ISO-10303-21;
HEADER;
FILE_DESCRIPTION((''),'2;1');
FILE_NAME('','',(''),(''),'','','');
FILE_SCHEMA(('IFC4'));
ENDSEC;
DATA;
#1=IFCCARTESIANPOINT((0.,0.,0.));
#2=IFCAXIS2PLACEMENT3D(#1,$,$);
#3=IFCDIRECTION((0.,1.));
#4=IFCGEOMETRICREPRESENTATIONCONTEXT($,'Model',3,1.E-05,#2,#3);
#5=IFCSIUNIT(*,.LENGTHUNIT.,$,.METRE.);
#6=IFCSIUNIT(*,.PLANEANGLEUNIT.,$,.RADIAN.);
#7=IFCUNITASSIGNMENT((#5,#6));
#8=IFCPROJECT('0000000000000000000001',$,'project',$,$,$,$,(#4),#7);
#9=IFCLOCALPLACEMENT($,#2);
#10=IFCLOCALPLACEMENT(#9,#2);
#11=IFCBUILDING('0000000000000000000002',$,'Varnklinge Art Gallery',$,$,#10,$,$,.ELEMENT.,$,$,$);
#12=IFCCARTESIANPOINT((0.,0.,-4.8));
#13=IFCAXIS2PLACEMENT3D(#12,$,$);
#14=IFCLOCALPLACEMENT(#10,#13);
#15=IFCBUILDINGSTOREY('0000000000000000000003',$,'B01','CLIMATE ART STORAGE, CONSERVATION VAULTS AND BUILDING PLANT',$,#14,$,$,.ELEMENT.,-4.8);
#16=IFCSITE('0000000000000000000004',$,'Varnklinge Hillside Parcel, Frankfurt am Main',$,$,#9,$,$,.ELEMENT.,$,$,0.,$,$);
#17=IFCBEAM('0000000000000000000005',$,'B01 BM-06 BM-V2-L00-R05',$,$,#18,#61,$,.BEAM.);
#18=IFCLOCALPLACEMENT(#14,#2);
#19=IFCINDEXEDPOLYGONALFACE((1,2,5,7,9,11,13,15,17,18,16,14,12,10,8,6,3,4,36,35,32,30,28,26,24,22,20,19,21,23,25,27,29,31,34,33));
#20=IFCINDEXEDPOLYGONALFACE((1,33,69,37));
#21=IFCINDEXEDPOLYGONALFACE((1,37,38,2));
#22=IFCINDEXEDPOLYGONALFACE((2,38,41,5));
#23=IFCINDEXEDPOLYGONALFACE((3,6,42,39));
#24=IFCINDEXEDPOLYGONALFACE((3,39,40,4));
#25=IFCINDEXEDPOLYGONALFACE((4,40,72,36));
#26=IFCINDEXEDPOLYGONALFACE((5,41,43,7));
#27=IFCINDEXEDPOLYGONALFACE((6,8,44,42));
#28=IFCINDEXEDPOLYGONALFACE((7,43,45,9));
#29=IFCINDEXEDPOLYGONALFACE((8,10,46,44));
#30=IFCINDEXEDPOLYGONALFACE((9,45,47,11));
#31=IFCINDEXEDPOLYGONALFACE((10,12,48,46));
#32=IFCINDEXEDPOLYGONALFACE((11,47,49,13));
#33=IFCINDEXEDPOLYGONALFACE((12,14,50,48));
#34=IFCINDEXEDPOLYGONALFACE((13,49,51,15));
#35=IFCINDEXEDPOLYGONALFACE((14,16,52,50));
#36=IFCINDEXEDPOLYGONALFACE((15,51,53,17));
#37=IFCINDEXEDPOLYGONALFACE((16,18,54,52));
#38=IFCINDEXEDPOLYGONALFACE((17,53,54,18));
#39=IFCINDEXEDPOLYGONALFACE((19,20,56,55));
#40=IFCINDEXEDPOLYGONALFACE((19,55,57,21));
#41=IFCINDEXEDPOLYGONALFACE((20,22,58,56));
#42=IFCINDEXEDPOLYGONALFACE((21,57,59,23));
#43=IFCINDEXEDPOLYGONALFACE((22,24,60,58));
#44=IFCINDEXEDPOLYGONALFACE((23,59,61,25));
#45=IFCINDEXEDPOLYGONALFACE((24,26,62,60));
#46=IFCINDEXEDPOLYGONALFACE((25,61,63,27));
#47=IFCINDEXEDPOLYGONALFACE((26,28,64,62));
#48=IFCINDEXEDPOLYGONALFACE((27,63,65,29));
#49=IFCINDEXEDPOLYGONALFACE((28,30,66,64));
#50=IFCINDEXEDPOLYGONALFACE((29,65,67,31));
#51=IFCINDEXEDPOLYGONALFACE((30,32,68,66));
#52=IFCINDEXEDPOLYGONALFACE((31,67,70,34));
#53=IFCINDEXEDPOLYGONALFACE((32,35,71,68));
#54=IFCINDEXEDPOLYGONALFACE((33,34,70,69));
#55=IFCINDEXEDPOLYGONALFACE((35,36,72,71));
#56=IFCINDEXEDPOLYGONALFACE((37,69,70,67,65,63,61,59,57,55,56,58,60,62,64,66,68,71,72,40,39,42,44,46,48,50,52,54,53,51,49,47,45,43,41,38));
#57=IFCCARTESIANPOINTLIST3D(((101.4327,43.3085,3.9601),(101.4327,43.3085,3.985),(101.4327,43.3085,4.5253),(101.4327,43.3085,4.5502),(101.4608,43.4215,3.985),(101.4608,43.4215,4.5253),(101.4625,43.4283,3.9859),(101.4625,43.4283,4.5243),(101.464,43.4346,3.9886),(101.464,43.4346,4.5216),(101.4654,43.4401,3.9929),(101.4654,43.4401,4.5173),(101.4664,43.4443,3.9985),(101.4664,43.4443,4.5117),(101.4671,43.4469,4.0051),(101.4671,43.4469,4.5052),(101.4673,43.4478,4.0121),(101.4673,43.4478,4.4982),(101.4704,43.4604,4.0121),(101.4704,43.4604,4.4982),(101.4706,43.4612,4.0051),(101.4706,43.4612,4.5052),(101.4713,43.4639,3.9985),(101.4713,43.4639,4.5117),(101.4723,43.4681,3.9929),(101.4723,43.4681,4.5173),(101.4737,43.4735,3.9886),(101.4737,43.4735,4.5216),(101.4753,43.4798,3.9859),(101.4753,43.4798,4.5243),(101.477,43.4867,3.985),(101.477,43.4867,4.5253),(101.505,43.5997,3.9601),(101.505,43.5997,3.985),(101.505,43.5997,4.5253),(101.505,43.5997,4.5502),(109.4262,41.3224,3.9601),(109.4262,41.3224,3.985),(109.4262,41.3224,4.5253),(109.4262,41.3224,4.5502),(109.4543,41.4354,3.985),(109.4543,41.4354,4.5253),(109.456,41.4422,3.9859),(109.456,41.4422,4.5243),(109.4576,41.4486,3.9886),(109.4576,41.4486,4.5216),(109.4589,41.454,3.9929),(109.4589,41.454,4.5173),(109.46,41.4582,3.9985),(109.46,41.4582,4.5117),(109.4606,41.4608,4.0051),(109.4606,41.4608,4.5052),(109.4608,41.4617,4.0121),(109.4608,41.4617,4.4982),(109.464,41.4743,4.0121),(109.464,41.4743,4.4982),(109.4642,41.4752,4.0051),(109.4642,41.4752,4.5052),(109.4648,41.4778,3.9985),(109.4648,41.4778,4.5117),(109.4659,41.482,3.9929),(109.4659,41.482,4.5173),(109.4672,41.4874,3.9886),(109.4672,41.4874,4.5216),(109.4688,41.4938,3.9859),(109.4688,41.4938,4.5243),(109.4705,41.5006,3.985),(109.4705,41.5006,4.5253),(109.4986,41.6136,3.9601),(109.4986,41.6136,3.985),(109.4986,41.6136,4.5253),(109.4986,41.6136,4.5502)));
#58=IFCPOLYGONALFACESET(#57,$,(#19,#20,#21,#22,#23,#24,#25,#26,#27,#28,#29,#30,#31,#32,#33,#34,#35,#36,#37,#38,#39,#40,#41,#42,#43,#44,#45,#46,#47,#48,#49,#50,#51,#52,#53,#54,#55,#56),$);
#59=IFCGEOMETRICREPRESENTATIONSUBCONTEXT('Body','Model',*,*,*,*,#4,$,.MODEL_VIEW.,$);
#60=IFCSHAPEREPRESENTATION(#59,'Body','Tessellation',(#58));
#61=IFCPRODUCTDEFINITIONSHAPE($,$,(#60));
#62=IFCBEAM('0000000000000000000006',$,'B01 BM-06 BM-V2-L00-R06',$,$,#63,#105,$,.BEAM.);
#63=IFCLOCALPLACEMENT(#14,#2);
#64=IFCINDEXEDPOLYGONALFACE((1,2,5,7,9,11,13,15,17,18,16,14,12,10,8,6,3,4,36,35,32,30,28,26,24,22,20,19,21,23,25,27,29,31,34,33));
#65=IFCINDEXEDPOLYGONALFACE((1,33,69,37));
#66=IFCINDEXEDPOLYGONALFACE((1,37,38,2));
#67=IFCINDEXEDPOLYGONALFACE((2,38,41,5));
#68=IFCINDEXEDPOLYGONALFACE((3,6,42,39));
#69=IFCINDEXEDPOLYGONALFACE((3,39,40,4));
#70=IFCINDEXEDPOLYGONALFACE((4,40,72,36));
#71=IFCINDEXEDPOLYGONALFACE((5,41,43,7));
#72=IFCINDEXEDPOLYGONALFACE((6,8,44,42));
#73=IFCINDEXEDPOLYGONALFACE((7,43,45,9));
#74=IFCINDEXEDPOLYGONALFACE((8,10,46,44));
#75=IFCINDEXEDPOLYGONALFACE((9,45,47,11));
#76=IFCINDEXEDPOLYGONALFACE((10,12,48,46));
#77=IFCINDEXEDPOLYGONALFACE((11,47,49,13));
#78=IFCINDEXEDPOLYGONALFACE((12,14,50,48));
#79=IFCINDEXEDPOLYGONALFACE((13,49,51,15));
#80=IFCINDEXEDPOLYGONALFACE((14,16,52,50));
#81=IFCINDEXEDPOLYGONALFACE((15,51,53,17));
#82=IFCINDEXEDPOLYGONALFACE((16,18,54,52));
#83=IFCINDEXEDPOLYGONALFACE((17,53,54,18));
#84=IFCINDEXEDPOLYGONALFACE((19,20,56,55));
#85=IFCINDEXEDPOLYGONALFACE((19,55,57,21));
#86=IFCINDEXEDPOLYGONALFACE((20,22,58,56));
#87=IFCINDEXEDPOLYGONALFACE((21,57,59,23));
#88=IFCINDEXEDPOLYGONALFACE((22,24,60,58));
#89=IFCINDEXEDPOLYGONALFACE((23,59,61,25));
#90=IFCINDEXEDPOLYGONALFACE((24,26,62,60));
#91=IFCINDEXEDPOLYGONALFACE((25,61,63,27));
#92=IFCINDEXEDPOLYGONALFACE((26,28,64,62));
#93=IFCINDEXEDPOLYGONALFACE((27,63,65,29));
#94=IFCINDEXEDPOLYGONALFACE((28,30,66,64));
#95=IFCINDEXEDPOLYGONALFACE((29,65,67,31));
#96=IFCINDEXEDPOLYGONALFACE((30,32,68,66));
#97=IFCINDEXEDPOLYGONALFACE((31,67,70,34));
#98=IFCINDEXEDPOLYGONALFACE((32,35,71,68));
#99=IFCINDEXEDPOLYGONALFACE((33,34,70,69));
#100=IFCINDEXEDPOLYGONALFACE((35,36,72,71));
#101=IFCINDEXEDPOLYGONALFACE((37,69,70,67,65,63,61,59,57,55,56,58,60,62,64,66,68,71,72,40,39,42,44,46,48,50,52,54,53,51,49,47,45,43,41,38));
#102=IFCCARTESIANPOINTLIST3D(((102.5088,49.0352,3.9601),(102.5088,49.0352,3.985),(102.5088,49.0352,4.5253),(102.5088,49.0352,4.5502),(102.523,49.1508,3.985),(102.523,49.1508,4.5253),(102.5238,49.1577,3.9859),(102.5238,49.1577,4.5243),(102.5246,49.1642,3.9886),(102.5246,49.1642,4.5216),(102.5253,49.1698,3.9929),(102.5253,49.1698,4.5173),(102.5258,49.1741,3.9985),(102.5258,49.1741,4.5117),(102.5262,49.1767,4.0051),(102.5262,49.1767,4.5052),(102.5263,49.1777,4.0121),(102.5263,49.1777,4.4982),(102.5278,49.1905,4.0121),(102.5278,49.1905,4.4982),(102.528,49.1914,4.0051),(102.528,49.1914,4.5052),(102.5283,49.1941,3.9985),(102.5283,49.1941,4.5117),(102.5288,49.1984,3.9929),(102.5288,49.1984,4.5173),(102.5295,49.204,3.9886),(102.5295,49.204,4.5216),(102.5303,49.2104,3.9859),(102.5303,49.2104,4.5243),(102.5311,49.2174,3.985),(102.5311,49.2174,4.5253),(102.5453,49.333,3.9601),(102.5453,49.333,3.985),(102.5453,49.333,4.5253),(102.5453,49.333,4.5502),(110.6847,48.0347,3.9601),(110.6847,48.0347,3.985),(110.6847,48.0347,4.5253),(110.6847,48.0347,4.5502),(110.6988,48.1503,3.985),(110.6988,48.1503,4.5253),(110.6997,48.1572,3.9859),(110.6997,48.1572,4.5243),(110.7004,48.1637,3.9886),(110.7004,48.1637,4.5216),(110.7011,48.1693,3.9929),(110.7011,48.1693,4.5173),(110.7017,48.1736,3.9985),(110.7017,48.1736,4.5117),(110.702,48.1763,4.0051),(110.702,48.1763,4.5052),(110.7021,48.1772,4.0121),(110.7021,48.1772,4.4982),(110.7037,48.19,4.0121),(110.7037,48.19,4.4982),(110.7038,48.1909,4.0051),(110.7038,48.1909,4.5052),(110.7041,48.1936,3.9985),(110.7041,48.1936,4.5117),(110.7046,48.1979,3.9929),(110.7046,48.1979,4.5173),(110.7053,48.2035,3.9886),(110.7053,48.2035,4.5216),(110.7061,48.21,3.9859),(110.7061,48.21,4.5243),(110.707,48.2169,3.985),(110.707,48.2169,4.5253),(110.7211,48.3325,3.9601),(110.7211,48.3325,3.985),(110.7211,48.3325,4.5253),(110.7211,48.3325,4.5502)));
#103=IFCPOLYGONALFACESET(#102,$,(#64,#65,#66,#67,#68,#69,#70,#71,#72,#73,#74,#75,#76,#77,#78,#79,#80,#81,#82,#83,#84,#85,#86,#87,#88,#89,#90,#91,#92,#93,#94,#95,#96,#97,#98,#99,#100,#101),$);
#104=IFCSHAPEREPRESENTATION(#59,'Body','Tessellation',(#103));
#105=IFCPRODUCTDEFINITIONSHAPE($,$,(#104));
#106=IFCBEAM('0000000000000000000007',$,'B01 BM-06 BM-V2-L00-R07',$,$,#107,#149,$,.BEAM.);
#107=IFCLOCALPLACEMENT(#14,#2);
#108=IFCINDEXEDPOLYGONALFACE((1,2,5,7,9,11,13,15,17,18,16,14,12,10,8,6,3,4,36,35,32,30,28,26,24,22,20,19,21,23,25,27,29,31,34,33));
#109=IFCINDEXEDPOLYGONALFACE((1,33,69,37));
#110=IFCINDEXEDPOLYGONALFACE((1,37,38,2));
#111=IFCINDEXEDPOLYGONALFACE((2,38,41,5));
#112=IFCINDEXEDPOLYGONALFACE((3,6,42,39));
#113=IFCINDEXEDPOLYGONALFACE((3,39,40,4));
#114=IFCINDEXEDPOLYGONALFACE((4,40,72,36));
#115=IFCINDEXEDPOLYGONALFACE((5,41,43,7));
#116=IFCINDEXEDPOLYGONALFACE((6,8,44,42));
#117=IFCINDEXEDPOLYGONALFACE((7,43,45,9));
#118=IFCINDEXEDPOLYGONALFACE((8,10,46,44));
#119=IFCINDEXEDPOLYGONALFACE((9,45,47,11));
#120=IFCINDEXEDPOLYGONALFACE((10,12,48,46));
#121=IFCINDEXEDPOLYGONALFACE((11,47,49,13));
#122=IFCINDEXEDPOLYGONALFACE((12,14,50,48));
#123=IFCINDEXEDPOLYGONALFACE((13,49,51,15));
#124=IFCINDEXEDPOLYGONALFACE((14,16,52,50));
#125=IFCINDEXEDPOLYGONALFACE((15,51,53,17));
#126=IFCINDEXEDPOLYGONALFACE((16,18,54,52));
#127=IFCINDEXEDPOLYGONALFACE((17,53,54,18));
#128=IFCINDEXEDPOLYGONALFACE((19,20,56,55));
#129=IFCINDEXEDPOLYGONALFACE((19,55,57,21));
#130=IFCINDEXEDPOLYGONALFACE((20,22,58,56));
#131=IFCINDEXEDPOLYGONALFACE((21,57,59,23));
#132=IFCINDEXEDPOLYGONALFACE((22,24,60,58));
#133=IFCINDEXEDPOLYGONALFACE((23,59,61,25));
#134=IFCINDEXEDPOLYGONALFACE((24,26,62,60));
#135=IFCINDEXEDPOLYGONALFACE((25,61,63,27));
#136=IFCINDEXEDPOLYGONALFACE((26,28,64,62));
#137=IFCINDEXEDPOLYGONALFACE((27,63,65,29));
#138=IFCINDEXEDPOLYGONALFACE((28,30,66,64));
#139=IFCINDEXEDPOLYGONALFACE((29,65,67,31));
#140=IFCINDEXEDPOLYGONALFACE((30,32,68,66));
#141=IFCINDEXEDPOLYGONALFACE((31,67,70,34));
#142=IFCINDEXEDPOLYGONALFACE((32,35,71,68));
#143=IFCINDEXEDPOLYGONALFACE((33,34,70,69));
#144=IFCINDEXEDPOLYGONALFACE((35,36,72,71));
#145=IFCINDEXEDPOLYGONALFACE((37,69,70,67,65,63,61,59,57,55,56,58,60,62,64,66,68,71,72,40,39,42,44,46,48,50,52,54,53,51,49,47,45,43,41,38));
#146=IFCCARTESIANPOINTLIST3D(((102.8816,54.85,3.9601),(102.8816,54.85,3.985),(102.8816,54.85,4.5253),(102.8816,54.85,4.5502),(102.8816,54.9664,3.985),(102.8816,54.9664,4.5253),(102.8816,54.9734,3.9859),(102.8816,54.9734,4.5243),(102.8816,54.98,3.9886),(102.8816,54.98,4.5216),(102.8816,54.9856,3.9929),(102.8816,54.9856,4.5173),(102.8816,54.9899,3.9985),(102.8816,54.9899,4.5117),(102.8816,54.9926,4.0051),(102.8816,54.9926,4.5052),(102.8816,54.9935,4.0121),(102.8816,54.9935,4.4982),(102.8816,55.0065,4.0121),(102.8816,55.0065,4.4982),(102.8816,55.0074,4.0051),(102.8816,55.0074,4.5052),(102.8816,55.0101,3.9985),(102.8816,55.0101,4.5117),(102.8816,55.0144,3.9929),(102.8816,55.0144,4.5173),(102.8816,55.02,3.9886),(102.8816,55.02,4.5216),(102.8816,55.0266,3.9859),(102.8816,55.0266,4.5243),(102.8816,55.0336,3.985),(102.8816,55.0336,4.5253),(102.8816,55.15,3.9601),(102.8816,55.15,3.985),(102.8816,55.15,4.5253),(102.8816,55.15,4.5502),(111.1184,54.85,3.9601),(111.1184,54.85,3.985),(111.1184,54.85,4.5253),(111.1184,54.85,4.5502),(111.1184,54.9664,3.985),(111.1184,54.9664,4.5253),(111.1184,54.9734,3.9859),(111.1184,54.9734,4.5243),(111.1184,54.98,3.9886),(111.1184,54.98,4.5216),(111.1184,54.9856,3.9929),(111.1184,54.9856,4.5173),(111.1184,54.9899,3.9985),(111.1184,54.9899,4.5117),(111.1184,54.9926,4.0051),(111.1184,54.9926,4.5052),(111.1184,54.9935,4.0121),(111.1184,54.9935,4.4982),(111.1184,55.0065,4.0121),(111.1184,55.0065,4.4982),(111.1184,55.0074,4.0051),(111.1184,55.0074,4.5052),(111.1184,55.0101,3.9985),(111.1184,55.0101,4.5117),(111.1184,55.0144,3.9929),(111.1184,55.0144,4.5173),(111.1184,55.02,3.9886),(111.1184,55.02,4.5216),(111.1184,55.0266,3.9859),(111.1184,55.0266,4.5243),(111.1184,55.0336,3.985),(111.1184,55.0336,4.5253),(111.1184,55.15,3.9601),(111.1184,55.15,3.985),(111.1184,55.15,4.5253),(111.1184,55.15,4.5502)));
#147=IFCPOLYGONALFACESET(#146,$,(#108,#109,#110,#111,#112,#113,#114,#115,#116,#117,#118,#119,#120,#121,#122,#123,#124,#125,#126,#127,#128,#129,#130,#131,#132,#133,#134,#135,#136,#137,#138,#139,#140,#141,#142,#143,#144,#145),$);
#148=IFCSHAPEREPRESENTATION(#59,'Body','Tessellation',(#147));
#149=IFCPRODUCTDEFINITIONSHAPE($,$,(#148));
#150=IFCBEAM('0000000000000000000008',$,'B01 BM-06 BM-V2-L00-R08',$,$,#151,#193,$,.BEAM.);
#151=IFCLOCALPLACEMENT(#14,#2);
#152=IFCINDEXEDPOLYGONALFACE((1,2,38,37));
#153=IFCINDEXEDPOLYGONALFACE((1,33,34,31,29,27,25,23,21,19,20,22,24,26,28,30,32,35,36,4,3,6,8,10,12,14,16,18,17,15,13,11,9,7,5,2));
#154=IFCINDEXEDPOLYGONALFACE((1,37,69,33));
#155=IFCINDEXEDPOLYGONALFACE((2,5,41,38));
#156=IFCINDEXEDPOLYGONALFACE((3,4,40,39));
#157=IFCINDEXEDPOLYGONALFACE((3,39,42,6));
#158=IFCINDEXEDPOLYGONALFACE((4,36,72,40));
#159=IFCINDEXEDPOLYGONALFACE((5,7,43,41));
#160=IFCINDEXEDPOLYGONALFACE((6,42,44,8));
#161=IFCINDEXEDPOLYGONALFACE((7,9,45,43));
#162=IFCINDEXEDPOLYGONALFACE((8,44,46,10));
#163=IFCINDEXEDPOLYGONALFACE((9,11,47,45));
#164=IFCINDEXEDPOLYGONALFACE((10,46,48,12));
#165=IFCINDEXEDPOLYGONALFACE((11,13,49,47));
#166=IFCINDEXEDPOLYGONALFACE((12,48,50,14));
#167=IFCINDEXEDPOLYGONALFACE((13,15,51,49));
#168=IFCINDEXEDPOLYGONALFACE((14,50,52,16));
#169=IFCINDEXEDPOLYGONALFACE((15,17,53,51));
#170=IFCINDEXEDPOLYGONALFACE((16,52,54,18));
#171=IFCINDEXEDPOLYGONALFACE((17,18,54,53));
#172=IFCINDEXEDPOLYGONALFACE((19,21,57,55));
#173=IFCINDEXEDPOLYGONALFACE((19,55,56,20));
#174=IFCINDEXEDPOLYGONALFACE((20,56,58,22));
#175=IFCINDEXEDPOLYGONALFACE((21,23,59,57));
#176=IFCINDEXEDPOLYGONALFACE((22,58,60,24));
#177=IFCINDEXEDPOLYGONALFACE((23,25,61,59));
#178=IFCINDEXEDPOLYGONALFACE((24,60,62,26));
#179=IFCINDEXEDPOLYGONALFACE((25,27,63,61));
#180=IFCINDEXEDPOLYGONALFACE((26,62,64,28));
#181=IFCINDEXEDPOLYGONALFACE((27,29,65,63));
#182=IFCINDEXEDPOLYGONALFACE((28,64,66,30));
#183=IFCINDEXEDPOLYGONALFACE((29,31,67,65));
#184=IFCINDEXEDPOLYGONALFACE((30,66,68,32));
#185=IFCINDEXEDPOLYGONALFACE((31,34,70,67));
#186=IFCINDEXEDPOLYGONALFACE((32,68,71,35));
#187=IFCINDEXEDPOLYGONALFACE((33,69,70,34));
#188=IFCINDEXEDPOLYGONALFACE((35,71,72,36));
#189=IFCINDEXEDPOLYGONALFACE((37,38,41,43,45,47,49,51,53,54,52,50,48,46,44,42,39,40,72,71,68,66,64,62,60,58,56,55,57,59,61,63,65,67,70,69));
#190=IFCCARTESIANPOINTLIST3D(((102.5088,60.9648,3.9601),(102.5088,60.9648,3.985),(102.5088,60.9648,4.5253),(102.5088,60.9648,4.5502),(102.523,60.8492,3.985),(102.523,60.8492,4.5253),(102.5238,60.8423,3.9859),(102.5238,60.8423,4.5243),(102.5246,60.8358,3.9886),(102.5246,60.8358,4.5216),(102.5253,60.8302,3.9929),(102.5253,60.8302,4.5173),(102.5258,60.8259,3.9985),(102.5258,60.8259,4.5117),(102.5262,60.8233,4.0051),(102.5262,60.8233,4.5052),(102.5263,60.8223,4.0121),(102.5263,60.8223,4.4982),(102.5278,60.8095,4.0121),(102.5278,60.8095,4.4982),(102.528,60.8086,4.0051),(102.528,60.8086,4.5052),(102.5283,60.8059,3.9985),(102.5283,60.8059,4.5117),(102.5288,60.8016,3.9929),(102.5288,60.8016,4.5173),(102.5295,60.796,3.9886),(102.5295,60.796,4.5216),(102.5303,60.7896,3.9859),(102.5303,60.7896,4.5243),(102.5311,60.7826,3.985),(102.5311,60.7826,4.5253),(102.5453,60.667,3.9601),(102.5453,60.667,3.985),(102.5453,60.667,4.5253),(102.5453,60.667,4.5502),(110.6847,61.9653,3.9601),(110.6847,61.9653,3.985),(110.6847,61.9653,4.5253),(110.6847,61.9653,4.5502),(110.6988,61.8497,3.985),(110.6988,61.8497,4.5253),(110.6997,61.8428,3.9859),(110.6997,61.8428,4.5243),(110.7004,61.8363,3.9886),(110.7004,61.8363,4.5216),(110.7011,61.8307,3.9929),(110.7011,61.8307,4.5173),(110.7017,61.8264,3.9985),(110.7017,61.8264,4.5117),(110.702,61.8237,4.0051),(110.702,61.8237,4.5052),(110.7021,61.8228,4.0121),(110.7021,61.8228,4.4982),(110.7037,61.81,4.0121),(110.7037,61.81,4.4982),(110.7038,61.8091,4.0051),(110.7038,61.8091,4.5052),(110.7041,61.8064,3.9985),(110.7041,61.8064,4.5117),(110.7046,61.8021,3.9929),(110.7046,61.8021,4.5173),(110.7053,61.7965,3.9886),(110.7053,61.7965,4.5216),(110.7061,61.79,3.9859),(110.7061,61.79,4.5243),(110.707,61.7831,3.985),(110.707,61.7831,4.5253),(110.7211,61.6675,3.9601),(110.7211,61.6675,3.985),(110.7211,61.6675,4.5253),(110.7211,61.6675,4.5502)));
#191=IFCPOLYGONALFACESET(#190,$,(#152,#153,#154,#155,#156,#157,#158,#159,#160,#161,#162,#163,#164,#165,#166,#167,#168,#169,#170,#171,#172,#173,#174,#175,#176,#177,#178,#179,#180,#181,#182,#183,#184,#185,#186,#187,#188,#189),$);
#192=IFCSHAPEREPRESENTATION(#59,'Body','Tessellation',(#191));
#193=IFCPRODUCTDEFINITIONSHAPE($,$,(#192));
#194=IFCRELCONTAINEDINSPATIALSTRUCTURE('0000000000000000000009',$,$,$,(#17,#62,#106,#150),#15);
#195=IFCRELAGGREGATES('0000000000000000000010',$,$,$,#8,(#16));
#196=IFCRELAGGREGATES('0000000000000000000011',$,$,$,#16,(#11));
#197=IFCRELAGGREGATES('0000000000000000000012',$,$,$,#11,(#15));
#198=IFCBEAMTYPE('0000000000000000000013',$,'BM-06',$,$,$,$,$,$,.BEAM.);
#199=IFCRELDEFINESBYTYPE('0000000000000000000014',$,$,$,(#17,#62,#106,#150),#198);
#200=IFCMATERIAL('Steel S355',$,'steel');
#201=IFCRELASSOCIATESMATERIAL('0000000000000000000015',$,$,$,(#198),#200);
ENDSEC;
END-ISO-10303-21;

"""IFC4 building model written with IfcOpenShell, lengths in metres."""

from ifc_helpers import new_model, si_unit, direction, frame, origin, origin_2d, place, context, subcontext, project, spatial, i_section, extrude, material, material_profile, profile_set, type_object, element, save


model = new_model("IFC4")

# Units and contexts
model_context = context("Model", 3, precision=1e-05, world=origin(), true_north=direction((0.0, 1.0)))
body_context = subcontext(model_context, "Body", "Model", "MODEL_VIEW")
ifc_project = project(units=[si_unit("LENGTHUNIT", "METRE"), si_unit("PLANEANGLEUNIT", "RADIAN")], contexts=[model_context])

# Site, building, storey
site_placement = place(None, origin())
site = spatial("IfcSite", under=ifc_project, at=site_placement, Name="Varnklinge Hillside Parcel, Frankfurt am Main", CompositionType="ELEMENT", RefElevation=0.0)
building_placement = place(site_placement, origin())
building = spatial("IfcBuilding", under=site, at=building_placement, Name="Varnklinge Art Gallery", CompositionType="ELEMENT")
storey_placement = place(building_placement, frame((0.0, 0.0, -4.8)))
storey = spatial("IfcBuildingStorey", under=building, at=storey_placement, Name="B01", Description="CLIMATE ART STORAGE, CONSERVATION VAULTS AND BUILDING PLANT", CompositionType="ELEMENT", Elevation=-4.8)

# Beams
ifc_material_1 = material(Name="Steel S355", Category="steel")
ifc_material_profile_1 = material_profile(ifc_material_1, i_section(OverallWidth=0.3, OverallDepth=0.5901, WebThickness=0.0129, FlangeThickness=0.0249, FilletRadius=0.0271, at=origin_2d()), Name="HEA 600")
ifc_profile_set_1 = profile_set([ifc_material_profile_1], Name="Steel S355")
beam_type_1 = type_object("IfcBeamType", Name="BM-06", PredefinedType="BEAM", material=ifc_profile_set_1)
beam_1_placement = place(storey_placement, frame((109.4624, 41.468, 4.2551), z_axis=(-0.970494, 0.241127, 0.0), x_axis=(-0.241127, -0.970494, 0.0)))
element("IfcBeam", 1, at=beam_1_placement, inside=storey, type_object=beam_type_1, Name="B01 BM-06 BM-V2-L00-R05", PredefinedType="BEAM", context=body_context, shape_type="SweptSolid", body=[
    extrude(i_section(OverallWidth=0.3, OverallDepth=0.5901, WebThickness=0.0129, FlangeThickness=0.0249, FilletRadius=0.0271, at=origin_2d()), origin(), (0.0, 0.0, 1.0), 8.2366),
])
for number, where, z_axis, x_axis, name in (
    (2, (110.7029, 48.1836, 4.2551), (-0.992596, 0.121466, 0.0), (-0.121466, -0.992596, 0.0), "B01 BM-06 BM-V2-L00-R06"),
    (3, (111.1184, 55.0, 4.2551), (-1.0, 0.0, 0.0), (0.0, -1.0, 0.0), "B01 BM-06 BM-V2-L00-R07"),
    (4, (110.7029, 61.8164, 4.2551), (-0.992596, -0.121466, 0.0), (0.121466, -0.992596, 0.0), "B01 BM-06 BM-V2-L00-R08"),
):
    element("IfcBeam", number, at=place(storey_placement, frame(where, z_axis=z_axis, x_axis=x_axis)), inside=storey, type_object=beam_type_1, Name=name, PredefinedType="BEAM", context=body_context, shape_type="SweptSolid", body=[
        extrude(i_section(OverallWidth=0.3, OverallDepth=0.5901, WebThickness=0.0129, FlangeThickness=0.0249, FilletRadius=0.0271, at=origin_2d()), origin(), (0.0, 0.0, 1.0), 8.2368),
    ])

save(model, "model.ifc")
